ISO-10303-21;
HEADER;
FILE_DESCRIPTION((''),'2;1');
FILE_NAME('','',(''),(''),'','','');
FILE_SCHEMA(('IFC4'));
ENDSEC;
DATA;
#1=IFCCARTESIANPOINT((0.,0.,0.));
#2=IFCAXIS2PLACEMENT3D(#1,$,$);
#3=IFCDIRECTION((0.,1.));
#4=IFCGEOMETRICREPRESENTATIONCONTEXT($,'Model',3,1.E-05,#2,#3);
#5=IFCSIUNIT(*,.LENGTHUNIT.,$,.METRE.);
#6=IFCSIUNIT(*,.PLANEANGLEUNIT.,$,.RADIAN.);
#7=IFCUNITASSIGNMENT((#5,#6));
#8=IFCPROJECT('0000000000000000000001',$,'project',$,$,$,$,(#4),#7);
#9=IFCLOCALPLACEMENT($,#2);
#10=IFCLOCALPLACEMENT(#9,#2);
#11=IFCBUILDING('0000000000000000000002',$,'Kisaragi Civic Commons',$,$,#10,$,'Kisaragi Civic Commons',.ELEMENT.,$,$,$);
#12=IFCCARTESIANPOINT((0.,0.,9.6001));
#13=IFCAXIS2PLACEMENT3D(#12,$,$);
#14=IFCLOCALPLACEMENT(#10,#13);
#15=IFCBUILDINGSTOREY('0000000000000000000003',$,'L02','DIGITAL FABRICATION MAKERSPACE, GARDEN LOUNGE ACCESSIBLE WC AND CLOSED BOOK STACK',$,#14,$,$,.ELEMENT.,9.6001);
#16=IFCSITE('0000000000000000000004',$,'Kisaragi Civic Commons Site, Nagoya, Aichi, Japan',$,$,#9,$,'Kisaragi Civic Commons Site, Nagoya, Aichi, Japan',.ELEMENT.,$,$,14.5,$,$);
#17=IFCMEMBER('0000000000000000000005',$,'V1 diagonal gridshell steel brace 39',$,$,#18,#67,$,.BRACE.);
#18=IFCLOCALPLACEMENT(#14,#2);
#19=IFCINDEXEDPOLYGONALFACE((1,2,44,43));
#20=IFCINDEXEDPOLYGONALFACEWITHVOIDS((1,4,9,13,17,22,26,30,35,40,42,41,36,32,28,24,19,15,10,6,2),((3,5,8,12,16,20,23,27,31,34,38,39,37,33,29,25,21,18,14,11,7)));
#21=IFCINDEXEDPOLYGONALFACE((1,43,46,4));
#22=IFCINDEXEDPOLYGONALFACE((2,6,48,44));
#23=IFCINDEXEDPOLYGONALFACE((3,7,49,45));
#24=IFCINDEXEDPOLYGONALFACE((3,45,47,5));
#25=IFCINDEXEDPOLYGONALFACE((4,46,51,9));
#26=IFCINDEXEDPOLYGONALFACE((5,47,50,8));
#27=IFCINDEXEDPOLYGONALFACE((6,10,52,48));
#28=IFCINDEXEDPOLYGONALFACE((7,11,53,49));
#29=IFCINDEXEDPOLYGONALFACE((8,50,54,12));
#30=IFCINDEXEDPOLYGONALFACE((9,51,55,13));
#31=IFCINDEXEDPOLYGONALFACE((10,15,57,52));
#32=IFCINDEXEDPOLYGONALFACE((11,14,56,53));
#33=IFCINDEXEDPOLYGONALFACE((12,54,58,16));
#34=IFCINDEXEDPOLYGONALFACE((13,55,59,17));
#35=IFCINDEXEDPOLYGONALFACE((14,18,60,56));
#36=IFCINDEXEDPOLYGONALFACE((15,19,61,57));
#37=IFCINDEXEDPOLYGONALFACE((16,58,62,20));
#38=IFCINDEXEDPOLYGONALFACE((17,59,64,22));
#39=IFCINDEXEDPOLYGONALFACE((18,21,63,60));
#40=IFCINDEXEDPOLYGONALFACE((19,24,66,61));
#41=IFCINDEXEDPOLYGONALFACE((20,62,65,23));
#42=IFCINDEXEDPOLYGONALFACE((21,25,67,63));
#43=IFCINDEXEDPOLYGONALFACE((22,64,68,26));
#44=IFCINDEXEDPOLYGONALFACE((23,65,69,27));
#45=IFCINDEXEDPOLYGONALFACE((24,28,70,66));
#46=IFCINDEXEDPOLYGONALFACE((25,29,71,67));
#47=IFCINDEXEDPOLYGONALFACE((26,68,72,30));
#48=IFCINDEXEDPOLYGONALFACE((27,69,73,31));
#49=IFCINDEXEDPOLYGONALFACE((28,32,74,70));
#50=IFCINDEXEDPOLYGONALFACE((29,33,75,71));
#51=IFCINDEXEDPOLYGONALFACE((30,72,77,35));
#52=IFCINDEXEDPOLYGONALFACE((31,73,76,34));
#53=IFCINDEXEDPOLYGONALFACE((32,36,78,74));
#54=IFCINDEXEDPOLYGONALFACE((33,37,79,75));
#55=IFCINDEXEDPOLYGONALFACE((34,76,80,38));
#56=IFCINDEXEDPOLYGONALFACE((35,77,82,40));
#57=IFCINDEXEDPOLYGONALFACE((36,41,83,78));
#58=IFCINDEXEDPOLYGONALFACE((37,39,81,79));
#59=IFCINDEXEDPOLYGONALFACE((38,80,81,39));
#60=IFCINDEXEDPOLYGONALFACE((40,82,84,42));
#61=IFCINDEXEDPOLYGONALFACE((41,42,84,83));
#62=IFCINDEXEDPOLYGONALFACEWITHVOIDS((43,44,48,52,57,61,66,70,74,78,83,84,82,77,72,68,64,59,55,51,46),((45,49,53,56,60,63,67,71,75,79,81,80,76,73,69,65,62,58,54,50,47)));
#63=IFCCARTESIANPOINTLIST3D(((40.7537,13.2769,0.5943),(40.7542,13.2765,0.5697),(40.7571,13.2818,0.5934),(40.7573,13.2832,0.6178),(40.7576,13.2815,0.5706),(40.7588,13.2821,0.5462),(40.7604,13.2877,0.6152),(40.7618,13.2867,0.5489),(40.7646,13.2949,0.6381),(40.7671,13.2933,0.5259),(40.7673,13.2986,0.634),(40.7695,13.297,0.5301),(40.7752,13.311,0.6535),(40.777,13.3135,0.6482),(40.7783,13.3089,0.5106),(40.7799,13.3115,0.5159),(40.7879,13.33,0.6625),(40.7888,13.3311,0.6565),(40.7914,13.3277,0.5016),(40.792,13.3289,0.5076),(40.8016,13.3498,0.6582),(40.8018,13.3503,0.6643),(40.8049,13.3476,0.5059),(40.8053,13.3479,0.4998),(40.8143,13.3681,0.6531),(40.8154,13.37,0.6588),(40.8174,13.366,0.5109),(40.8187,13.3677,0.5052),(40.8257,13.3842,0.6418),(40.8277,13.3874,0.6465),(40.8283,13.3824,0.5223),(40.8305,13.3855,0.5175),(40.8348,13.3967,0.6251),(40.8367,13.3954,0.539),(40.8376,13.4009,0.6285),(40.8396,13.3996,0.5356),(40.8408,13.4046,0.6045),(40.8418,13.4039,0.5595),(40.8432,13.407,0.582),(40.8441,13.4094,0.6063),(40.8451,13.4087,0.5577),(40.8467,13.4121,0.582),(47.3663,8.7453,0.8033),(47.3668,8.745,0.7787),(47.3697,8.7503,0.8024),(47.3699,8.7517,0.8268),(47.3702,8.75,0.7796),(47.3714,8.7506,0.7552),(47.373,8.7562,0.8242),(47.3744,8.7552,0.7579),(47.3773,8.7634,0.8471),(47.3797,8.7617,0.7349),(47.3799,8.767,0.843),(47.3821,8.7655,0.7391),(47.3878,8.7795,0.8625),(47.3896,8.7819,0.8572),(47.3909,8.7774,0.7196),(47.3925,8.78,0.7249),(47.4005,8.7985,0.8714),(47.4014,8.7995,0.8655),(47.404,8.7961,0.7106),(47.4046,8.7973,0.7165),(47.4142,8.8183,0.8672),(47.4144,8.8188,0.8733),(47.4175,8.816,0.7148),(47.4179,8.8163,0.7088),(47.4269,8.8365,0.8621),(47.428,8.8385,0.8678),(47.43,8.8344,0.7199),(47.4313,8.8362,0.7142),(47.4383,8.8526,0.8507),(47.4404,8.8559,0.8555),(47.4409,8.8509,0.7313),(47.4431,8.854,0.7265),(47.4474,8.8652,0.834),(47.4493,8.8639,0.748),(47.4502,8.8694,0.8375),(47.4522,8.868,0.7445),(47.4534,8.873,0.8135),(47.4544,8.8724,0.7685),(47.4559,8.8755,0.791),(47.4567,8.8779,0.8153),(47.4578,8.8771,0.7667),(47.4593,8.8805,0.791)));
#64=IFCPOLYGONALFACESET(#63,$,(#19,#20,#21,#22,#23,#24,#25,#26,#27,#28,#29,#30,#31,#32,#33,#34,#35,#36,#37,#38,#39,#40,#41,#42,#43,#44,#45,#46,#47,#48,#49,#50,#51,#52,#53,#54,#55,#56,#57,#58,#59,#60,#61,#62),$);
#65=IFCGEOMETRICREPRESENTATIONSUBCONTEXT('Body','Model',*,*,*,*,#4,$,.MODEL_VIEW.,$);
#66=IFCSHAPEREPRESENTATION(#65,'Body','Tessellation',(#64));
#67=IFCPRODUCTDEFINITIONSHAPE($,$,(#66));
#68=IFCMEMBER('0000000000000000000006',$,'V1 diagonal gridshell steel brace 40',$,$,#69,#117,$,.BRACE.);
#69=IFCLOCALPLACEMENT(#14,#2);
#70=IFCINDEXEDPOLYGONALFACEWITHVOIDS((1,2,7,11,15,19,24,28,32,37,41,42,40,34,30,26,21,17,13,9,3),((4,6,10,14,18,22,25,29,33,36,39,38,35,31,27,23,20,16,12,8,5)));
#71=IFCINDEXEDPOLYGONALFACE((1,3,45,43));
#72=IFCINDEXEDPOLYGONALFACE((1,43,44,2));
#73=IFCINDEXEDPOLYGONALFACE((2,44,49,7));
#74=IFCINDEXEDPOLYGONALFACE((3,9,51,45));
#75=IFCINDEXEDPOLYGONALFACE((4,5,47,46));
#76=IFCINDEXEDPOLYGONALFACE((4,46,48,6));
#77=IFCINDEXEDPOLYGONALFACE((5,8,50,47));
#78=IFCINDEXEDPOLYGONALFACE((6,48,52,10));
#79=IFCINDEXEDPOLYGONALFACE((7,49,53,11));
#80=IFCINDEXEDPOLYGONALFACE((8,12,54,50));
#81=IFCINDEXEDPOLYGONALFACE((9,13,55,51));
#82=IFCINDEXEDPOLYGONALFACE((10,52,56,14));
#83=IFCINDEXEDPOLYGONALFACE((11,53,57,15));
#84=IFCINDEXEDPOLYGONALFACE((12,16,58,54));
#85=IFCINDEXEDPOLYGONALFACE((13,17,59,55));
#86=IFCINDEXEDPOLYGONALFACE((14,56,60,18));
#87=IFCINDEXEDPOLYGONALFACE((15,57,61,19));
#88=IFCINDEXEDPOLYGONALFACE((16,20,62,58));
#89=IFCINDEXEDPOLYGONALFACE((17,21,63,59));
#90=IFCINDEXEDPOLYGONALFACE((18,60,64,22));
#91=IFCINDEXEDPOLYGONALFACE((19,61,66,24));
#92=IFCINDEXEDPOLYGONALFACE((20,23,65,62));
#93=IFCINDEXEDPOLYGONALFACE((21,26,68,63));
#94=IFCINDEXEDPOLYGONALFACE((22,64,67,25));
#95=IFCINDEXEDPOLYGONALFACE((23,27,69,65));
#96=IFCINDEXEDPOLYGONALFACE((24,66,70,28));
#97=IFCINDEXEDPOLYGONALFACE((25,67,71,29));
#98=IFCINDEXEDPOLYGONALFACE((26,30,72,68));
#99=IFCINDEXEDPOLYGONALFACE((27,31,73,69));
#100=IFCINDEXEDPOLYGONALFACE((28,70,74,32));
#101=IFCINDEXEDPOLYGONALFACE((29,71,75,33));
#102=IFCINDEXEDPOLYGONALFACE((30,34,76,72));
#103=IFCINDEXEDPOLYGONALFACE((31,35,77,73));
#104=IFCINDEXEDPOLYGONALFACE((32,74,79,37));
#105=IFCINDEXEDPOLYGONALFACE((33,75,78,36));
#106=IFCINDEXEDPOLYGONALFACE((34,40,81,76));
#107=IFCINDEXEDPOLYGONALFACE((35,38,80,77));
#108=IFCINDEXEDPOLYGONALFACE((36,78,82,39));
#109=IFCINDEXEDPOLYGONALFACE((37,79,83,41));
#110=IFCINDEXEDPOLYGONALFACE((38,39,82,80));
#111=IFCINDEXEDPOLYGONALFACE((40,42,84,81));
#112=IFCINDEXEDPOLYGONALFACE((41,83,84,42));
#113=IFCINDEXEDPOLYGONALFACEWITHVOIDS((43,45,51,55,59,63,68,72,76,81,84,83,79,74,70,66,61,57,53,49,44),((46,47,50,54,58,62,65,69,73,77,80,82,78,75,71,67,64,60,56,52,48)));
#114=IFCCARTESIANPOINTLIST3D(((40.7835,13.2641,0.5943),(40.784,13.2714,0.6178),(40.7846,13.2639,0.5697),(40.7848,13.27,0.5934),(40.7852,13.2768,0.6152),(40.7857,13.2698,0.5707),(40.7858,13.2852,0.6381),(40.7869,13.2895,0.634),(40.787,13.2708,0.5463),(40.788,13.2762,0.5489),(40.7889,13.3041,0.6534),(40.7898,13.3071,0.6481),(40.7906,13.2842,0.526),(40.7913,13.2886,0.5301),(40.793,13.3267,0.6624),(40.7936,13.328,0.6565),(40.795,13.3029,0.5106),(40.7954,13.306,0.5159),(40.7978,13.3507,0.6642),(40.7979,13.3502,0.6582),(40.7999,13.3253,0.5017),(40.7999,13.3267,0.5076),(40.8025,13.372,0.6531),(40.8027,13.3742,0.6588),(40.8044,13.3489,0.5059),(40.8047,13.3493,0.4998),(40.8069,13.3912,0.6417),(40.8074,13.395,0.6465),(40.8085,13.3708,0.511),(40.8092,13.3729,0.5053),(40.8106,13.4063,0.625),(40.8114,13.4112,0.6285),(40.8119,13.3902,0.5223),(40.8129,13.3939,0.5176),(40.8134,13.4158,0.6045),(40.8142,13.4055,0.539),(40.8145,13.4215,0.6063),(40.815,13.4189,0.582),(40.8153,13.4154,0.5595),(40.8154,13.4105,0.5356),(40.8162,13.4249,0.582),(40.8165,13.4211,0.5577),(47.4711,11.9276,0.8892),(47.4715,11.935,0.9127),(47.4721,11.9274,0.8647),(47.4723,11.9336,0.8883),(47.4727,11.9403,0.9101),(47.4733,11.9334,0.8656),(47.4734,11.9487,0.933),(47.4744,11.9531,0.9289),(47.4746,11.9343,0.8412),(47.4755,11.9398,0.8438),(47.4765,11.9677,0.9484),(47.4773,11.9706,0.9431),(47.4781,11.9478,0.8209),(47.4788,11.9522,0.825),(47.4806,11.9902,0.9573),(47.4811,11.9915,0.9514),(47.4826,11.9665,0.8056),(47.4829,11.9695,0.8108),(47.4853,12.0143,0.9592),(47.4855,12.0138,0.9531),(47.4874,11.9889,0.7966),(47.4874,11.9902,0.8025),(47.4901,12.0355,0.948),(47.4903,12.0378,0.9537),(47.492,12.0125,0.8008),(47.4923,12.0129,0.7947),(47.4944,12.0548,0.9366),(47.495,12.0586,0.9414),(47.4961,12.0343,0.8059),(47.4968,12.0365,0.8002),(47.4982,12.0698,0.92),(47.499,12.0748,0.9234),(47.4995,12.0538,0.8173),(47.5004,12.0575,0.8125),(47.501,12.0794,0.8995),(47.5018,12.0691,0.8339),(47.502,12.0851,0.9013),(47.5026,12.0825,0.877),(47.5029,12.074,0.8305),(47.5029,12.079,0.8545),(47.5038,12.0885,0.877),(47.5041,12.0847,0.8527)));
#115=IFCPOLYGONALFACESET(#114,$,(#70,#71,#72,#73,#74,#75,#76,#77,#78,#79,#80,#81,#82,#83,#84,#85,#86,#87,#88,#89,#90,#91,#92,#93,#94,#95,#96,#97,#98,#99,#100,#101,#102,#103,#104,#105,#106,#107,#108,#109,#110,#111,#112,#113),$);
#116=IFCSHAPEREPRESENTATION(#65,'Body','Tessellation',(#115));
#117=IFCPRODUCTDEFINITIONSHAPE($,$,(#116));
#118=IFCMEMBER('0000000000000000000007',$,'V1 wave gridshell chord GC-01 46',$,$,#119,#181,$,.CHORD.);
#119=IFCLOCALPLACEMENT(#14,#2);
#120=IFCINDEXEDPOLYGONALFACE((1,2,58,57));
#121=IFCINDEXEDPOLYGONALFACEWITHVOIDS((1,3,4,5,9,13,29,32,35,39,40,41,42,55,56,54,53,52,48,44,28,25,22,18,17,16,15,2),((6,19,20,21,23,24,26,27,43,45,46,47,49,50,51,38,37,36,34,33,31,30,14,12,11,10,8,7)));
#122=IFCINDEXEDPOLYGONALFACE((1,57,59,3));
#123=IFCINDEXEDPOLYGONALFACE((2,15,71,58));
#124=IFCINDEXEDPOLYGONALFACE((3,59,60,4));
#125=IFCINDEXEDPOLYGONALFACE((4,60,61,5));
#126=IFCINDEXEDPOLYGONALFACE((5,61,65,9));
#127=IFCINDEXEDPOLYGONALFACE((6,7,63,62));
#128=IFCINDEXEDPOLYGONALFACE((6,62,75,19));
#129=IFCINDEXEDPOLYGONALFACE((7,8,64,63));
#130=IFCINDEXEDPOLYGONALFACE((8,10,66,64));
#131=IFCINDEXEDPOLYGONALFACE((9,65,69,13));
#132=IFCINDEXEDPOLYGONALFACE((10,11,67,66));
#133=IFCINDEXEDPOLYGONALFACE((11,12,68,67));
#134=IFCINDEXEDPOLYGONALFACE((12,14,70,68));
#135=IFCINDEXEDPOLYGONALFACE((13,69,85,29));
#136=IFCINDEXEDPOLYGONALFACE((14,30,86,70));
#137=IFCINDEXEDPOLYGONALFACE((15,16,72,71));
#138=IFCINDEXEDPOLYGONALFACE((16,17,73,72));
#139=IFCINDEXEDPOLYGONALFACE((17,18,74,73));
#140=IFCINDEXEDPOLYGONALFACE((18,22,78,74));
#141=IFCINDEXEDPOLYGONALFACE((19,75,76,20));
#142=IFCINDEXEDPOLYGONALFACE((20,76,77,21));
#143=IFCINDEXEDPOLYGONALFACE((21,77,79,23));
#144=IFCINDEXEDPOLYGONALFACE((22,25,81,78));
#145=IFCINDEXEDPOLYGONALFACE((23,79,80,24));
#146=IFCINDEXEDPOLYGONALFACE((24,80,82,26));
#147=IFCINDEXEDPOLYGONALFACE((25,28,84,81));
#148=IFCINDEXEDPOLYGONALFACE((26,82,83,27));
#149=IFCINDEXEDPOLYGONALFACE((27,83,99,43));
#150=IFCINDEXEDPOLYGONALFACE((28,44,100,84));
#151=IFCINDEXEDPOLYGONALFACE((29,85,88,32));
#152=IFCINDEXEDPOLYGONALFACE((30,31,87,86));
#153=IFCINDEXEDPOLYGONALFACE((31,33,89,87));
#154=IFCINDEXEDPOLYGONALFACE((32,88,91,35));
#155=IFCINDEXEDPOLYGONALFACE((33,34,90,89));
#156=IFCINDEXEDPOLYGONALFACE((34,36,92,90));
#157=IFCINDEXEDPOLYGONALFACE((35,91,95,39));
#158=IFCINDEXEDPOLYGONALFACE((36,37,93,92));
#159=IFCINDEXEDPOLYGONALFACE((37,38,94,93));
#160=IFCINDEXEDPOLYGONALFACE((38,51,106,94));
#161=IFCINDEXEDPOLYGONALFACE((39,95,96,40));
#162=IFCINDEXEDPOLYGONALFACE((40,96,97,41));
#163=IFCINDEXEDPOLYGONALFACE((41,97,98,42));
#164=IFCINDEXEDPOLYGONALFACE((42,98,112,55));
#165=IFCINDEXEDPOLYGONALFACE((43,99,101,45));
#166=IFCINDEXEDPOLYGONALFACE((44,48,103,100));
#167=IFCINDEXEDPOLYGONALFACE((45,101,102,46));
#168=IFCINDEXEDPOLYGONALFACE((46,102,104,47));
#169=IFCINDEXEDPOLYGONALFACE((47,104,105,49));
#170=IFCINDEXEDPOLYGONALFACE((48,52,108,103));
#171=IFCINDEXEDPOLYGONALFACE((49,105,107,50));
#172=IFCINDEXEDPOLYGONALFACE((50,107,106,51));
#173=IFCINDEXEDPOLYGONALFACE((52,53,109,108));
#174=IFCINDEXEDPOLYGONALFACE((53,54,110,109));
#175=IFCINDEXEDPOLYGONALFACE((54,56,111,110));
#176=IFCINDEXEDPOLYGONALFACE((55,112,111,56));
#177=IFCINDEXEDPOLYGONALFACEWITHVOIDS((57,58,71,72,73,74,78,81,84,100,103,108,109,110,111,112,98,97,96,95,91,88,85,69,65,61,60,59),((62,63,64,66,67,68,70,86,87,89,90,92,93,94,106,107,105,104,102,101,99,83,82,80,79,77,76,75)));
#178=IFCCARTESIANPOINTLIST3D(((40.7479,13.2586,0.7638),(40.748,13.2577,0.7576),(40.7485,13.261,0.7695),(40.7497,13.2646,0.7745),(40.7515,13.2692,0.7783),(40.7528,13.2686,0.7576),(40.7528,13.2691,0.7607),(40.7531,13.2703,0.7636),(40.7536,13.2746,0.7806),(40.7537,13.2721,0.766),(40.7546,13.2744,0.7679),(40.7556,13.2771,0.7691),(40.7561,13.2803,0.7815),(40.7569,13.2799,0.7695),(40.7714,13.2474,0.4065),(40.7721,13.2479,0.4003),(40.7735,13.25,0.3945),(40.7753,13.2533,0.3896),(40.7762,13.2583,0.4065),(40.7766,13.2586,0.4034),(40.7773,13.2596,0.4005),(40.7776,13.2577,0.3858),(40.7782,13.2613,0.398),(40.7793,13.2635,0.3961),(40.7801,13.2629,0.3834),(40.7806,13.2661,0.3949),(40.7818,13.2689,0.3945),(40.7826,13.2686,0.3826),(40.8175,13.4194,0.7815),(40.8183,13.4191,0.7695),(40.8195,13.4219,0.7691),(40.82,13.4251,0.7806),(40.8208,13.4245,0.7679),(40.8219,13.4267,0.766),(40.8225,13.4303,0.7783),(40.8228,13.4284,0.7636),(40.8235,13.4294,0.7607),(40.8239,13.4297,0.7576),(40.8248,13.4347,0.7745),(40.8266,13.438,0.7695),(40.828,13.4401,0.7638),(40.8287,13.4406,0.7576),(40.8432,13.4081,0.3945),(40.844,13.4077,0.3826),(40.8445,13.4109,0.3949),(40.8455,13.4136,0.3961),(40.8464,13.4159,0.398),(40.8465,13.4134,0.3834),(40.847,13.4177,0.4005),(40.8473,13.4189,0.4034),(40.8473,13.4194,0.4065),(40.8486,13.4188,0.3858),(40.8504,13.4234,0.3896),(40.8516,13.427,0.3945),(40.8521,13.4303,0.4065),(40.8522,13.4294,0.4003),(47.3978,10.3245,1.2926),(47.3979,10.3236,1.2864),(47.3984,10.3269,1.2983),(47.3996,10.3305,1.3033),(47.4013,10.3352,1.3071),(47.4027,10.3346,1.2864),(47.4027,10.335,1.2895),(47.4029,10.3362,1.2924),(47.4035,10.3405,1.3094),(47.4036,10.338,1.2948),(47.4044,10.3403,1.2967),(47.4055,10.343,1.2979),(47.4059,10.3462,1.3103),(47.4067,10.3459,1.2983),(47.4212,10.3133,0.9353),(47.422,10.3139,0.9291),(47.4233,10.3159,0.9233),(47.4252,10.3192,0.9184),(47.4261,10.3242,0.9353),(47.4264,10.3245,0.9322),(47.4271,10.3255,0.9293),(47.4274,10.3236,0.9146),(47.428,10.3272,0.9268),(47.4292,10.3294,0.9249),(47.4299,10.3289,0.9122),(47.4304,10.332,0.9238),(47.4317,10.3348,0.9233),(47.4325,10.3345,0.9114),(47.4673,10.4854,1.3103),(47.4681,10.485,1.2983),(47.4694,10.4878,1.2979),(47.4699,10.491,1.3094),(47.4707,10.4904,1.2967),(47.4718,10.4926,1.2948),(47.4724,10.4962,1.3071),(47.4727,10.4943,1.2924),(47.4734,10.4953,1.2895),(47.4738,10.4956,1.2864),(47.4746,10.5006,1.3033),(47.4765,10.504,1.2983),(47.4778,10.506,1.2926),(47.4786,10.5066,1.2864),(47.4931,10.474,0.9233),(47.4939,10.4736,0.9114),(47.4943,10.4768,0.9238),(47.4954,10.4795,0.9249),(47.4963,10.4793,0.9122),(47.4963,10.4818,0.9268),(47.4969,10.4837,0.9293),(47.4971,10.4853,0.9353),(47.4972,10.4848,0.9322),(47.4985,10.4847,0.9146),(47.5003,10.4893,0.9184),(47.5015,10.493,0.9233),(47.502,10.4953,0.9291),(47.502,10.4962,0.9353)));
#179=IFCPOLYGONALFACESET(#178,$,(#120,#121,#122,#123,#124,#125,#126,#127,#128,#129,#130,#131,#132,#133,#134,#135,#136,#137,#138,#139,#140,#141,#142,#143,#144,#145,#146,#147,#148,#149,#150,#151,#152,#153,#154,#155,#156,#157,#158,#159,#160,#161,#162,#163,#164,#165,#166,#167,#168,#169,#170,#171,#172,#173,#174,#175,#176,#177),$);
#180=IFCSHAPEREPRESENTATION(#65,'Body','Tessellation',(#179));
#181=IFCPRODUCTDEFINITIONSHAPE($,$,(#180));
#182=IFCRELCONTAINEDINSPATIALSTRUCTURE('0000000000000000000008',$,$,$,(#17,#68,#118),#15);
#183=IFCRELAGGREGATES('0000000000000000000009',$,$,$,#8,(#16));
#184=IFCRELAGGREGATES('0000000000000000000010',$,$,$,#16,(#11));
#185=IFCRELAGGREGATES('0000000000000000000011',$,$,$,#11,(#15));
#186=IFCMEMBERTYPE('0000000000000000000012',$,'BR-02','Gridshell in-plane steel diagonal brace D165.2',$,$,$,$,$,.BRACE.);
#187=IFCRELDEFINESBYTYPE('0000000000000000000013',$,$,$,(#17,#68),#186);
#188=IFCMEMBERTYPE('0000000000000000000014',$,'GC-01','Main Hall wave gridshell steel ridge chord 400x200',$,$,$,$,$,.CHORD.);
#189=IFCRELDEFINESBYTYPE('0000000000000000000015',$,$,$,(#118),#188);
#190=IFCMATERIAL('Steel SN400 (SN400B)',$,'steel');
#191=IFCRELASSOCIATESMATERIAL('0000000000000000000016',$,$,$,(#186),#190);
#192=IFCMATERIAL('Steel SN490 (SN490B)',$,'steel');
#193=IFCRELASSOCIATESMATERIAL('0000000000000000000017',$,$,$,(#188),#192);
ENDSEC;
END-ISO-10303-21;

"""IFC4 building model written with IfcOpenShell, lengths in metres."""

from ifc_helpers import new_model, si_unit, direction, frame, origin, origin_2d, place, context, subcontext, project, spatial, hollow_rectangle, hollow_circle, extrude, material, material_profile, profile_set, type_object, element, save


model = new_model("IFC4")

# Units and contexts
model_context = context("Model", 3, precision=1e-05, world=origin(), true_north=direction((0.0, 1.0)))
body_context = subcontext(model_context, "Body", "Model", "MODEL_VIEW")
ifc_project = project(units=[si_unit("LENGTHUNIT", "METRE"), si_unit("PLANEANGLEUNIT", "RADIAN")], contexts=[model_context])

# Site, building, storey
site_placement = place(None, origin())
site = spatial("IfcSite", under=ifc_project, at=site_placement, Name="Kisaragi Civic Commons Site, Nagoya, Aichi, Japan", LongName="Kisaragi Civic Commons Site, Nagoya, Aichi, Japan", CompositionType="ELEMENT", RefElevation=14.5)
building_placement = place(site_placement, origin())
building = spatial("IfcBuilding", under=site, at=building_placement, Name="Kisaragi Civic Commons", LongName="Kisaragi Civic Commons", CompositionType="ELEMENT")
storey_placement = place(building_placement, frame((0.0, 0.0, 9.6001)))
storey = spatial("IfcBuildingStorey", under=building, at=storey_placement, Name="L02", Description="DIGITAL FABRICATION MAKERSPACE, GARDEN LOUNGE ACCESSIBLE WC AND CLOSED BOOK STACK", CompositionType="ELEMENT", Elevation=9.6001)

# Members
ifc_material_1 = material(Name="Steel SN400 (SN400B)", Category="steel")
ifc_material_profile_1 = material_profile(ifc_material_1, hollow_circle(Radius=0.0825, WallThickness=0.0061, at=origin_2d()), Name="CHS-165.2x6.0", Category="steel")
ifc_profile_set_1 = profile_set([ifc_material_profile_1], Name="Steel SN400 (SN400B)")
member_type_1 = type_object("IfcMemberType", Name="BR-02", Description="Gridshell in-plane steel diagonal brace D165.2", PredefinedType="BRACE", material=ifc_profile_set_1)
member_1_placement = place(storey_placement, frame((40.8, 13.344, 0.582), z_axis=(0.824613, -0.565097, 0.026061), x_axis=(0.565289, 0.824893, 0.0)))
element("IfcMember", 1, at=member_1_placement, inside=storey, type_object=member_type_1, Name="V1 diagonal gridshell steel brace 39", PredefinedType="BRACE", context=body_context, shape_type="SweptSolid", body=[
    extrude(hollow_circle(Radius=0.0825, WallThickness=0.0061, at=origin_2d()), origin(), (0.0, 0.0, 1.0), 8.019),
])
member_2_placement = place(storey_placement, frame((40.8, 13.344, 0.582), z_axis=(0.979695, -0.195782, 0.043205), x_axis=(0.195965, 0.980611, 0.0)))
element("IfcMember", 2, at=member_2_placement, inside=storey, type_object=member_type_1, Name="V1 diagonal gridshell steel brace 40", PredefinedType="BRACE", context=body_context, shape_type="SweptSolid", body=[
    extrude(hollow_circle(Radius=0.0825, WallThickness=0.0061, at=origin_2d()), origin(), (0.0, 0.0, 1.0), 6.8262),
])
ifc_material_2 = material(Name="Steel SN490 (SN490B)", Category="steel")
ifc_material_profile_2 = material_profile(ifc_material_2, hollow_rectangle(XDim=0.2, YDim=0.3999, WallThickness=0.012, InnerFilletRadius=0.012, OuterFilletRadius=0.0239, at=origin_2d()), Name="STKR-400x200x12", Category="steel")
ifc_profile_set_2 = profile_set([ifc_material_profile_2], Name="Steel SN490 (SN490B)")
member_type_2 = type_object("IfcMemberType", Name="GC-01", Description="Main Hall wave gridshell steel ridge chord 400x200", PredefinedType="CHORD", material=ifc_profile_set_2)
member_3_placement = place(storey_placement, frame((40.8, 13.344, 0.582), z_axis=(0.912491, -0.402611, 0.072562), x_axis=(0.403675, 0.914902, 0.0)))
element("IfcMember", 3, at=member_3_placement, inside=storey, type_object=member_type_2, Name="V1 wave gridshell chord GC-01 46", PredefinedType="CHORD", context=body_context, shape_type="SweptSolid", body=[
    extrude(hollow_rectangle(XDim=0.2, YDim=0.3999, WallThickness=0.012, InnerFilletRadius=0.012, OuterFilletRadius=0.0239, at=origin_2d()), origin(), (0.0, 0.0, 1.0), 7.2876),
])

save(model, "model.ifc")
